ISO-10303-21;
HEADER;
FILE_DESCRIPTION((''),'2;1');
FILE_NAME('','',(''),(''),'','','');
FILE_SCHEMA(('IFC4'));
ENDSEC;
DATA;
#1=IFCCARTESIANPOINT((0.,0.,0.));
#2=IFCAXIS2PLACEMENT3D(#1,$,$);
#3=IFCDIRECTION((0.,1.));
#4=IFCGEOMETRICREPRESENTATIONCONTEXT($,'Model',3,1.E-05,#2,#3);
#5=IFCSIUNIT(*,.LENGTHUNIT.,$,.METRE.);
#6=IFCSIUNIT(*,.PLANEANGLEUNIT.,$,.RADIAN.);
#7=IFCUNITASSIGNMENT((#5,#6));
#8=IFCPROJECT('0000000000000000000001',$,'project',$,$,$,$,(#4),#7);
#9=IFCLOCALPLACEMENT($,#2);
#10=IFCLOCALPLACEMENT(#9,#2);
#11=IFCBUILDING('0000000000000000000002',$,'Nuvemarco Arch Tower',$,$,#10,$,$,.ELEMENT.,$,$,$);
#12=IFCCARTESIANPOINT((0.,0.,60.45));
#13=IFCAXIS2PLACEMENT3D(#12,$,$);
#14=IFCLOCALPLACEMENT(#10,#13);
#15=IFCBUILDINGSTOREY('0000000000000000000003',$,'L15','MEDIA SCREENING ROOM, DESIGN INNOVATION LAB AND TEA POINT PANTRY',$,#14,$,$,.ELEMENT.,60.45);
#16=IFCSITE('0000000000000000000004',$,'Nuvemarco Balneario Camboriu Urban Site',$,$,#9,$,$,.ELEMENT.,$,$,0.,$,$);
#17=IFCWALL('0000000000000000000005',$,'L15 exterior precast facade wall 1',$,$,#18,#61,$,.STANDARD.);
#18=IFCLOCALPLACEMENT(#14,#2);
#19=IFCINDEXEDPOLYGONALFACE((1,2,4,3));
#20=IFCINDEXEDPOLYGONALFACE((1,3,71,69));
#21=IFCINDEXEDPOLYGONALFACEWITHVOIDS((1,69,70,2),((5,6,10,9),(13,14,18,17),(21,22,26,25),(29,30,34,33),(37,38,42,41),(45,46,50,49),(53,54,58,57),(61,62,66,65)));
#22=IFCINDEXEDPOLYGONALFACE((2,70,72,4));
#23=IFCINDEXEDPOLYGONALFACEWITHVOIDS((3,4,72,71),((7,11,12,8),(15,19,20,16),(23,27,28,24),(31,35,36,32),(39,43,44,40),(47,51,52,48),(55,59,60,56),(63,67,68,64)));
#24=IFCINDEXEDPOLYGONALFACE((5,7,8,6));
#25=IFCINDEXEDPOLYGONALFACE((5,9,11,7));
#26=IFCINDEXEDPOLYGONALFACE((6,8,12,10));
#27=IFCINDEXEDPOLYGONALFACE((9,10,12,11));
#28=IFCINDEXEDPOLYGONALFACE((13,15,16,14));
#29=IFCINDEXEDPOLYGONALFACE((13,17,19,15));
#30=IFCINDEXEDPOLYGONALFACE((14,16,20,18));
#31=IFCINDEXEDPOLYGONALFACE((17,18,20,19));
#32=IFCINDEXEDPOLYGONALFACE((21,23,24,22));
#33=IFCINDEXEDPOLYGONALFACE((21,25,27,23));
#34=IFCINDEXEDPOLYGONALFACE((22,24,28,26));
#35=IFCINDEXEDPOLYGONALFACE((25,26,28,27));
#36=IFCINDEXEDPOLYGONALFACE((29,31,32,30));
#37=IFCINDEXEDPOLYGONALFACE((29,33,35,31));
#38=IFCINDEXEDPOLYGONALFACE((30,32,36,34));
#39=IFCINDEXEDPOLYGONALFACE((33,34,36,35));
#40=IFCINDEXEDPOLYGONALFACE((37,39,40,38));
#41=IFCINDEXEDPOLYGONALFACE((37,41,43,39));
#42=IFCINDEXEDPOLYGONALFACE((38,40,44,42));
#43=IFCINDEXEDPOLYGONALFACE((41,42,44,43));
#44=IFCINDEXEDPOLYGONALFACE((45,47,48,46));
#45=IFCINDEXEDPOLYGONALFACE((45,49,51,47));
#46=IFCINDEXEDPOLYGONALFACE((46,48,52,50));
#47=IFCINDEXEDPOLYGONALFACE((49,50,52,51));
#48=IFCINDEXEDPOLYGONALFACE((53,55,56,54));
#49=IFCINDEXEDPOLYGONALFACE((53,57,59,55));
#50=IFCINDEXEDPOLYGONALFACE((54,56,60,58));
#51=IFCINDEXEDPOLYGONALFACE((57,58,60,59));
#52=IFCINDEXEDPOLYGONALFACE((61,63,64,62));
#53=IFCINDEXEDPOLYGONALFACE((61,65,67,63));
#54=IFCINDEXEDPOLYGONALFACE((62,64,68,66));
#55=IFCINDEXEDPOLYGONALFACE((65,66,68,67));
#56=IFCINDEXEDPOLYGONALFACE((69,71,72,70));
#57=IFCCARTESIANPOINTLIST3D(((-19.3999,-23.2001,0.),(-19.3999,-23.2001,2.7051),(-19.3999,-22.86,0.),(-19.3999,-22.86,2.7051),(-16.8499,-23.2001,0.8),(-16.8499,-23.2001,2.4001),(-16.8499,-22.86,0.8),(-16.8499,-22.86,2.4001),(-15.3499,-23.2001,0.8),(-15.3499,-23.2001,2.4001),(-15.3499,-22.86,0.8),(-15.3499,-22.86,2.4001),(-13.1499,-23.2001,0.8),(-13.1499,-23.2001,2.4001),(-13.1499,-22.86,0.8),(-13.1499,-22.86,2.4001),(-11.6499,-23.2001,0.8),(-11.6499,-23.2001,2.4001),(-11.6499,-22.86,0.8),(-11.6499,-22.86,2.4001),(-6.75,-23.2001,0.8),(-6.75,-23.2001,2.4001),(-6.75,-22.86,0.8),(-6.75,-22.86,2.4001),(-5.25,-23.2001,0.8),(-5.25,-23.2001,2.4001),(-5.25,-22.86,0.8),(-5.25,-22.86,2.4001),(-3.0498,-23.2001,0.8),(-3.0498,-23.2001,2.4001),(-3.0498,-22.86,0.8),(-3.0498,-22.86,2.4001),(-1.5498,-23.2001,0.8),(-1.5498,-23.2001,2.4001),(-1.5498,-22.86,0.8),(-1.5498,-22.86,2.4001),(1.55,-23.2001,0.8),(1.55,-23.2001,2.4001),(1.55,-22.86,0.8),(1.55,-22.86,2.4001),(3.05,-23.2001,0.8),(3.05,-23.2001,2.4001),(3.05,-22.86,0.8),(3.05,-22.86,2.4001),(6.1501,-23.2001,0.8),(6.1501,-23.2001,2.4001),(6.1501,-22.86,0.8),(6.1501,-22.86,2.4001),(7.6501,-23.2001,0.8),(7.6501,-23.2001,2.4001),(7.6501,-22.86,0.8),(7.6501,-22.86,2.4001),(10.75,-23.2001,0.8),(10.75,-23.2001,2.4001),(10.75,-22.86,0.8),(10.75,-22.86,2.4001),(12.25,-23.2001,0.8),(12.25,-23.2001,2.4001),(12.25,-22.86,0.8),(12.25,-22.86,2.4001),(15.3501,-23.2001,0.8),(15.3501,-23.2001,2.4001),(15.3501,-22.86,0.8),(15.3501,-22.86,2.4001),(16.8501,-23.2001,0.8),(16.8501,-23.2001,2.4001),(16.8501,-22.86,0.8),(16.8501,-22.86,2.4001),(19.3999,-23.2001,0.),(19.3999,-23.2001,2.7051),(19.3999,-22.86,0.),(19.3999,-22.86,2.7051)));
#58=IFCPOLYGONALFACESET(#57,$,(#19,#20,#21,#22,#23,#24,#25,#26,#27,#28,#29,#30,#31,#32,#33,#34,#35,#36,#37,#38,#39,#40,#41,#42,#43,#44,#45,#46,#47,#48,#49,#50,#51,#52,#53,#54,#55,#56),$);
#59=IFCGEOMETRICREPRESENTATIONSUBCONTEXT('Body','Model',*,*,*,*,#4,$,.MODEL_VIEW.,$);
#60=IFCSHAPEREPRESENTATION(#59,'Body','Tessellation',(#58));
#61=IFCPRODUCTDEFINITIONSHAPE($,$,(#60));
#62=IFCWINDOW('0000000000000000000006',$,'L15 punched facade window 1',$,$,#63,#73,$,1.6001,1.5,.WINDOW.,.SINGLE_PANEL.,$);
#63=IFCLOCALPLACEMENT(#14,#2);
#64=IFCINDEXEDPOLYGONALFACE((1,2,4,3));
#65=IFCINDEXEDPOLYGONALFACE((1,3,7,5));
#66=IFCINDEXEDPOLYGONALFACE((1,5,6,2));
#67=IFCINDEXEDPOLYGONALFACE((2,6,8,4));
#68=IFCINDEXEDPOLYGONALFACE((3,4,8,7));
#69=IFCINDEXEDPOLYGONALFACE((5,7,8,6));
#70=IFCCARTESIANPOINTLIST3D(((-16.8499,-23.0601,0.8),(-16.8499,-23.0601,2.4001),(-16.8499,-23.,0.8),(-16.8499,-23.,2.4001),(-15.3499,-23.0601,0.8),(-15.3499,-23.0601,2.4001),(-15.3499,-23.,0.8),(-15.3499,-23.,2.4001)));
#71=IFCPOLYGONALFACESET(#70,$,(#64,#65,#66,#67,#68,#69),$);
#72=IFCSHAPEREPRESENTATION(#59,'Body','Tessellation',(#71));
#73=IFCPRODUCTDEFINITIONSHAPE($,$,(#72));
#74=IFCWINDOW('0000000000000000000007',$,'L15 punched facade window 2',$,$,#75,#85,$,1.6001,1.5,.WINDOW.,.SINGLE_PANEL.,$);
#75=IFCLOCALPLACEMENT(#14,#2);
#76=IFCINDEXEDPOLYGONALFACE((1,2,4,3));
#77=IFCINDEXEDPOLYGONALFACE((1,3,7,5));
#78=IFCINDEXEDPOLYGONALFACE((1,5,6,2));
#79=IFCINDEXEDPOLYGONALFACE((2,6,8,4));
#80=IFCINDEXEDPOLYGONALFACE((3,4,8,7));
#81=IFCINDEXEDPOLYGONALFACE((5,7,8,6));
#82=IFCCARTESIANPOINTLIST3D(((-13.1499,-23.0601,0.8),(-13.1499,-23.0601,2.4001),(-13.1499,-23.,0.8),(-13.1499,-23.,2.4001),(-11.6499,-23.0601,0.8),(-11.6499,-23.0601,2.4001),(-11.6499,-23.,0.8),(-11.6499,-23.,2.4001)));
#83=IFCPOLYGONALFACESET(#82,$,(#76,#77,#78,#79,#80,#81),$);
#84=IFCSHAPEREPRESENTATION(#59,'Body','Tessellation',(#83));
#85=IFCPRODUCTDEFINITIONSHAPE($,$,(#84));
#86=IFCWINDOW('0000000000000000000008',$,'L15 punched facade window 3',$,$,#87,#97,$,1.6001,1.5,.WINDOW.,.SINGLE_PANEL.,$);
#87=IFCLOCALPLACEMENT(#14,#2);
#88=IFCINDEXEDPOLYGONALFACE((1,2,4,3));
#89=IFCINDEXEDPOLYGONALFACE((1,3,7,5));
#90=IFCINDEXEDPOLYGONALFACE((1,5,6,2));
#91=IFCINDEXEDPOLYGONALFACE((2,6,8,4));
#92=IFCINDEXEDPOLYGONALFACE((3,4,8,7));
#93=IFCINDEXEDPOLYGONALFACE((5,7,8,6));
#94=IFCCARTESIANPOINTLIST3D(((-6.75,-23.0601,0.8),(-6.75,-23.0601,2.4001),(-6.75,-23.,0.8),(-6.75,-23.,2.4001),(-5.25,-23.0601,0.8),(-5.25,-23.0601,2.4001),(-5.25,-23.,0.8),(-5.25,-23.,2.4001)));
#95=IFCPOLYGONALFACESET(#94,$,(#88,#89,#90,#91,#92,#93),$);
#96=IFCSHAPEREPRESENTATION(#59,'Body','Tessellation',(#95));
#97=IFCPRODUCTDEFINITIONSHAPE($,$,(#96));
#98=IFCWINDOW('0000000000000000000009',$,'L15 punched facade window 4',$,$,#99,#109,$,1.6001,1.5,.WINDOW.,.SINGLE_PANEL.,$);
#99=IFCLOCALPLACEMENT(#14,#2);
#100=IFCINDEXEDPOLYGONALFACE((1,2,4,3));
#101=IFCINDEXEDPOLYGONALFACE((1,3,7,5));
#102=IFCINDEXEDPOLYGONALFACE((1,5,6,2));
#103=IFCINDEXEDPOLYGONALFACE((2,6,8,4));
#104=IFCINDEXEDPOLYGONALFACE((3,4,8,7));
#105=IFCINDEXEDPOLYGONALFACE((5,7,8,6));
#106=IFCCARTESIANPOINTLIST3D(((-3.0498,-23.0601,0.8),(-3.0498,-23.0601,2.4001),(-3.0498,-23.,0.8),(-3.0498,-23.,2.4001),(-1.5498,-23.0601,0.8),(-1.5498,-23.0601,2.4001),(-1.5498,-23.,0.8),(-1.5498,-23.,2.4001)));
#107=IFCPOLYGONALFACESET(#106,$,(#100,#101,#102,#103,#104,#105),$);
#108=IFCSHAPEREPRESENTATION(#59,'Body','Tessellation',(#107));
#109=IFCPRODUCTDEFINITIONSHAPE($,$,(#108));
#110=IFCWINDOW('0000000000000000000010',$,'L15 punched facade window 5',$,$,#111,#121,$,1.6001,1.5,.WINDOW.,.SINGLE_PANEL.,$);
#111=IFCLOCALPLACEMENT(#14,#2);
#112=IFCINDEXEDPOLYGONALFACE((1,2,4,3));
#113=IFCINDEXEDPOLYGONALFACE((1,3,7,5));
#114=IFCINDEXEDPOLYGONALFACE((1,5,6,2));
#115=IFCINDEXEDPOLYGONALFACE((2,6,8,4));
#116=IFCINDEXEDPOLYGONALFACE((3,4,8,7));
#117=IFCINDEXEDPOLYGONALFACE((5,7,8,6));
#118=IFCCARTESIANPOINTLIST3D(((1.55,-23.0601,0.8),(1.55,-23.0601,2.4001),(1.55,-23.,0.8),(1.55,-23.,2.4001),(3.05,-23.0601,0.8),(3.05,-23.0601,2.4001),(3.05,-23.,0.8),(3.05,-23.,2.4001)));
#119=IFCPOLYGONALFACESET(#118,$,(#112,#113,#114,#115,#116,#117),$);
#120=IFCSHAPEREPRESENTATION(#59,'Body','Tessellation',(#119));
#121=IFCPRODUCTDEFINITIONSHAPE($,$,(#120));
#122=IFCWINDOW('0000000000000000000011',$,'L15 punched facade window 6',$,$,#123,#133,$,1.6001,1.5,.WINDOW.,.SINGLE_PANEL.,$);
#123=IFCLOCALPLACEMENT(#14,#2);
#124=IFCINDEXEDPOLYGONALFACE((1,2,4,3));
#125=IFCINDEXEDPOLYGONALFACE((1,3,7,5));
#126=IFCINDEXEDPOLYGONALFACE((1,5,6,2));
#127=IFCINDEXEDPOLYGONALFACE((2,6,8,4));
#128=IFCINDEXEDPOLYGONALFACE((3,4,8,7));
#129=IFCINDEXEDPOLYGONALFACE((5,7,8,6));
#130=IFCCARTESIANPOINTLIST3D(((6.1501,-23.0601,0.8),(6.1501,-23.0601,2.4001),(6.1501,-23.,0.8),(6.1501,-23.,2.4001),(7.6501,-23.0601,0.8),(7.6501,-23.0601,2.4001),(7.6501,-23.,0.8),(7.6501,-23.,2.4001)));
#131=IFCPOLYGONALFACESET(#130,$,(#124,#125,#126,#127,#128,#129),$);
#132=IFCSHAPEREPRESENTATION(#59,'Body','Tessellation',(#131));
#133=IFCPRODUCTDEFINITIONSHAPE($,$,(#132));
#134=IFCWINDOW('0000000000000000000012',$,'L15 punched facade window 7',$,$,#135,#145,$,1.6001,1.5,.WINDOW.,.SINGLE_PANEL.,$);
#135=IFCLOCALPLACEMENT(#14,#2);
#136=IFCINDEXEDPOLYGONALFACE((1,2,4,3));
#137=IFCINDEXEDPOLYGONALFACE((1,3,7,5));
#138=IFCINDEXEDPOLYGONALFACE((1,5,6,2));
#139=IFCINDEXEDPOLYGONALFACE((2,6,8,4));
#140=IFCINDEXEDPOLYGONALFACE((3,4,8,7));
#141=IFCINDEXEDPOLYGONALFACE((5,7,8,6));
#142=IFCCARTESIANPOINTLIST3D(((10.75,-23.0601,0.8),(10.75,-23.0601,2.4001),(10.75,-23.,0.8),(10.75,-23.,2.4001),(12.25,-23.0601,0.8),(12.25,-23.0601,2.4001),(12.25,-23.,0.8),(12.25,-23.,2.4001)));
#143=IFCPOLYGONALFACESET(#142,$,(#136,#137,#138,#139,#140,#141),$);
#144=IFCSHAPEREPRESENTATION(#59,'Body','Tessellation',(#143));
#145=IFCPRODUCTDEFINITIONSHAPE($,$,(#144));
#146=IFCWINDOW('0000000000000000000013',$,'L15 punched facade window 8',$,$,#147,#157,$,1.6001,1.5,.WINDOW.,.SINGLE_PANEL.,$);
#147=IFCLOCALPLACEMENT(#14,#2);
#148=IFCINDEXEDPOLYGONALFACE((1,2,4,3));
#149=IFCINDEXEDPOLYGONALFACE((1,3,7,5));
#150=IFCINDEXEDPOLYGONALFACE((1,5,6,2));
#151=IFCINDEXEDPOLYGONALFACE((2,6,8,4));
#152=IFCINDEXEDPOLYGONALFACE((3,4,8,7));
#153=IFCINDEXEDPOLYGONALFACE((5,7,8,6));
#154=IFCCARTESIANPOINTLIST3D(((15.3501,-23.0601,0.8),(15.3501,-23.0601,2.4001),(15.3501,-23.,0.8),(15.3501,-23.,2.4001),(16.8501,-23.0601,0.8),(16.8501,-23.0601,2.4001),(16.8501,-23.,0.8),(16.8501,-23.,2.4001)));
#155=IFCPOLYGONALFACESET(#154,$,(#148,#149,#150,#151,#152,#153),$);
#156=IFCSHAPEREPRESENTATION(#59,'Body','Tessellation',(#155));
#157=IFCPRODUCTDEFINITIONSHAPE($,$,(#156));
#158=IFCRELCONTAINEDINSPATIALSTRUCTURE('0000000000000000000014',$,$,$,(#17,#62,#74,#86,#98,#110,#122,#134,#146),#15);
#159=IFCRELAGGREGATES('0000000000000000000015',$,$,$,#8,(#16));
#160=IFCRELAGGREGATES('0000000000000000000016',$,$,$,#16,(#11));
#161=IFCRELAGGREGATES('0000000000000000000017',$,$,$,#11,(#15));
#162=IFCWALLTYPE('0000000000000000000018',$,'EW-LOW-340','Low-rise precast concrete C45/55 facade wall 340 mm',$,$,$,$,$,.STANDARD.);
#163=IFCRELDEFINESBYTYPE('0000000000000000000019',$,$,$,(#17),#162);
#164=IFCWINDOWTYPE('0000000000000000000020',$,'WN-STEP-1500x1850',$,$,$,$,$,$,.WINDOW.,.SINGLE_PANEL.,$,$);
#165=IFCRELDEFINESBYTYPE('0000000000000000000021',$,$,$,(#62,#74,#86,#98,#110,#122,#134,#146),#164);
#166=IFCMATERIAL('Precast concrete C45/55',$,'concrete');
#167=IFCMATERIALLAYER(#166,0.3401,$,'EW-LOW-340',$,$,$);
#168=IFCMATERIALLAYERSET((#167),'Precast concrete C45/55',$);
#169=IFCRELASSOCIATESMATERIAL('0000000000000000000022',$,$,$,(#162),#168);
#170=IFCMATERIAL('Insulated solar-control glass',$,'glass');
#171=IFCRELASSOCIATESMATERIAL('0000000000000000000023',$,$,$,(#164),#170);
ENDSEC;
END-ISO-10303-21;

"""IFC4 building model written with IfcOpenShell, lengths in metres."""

from ifc_helpers import new_model, si_unit, direction, frame, frame_2d, origin, place, context, subcontext, project, spatial, rectangle, extrude, source, transform, mapped, material, layer, layer_set, type_object, type_shapes, element, fill, save


model = new_model("IFC4")

# Units and contexts
model_context = context("Model", 3, precision=1e-05, world=origin(), true_north=direction((0.0, 1.0)))
body_context = subcontext(model_context, "Body", "Model", "MODEL_VIEW")
ifc_project = project(units=[si_unit("LENGTHUNIT", "METRE"), si_unit("PLANEANGLEUNIT", "RADIAN")], contexts=[model_context])

# Site, building, storey
site_placement = place(None, origin())
site = spatial("IfcSite", under=ifc_project, at=site_placement, Name="Nuvemarco Balneario Camboriu Urban Site", CompositionType="ELEMENT", RefElevation=0.0)
building_placement = place(site_placement, origin())
building = spatial("IfcBuilding", under=site, at=building_placement, Name="Nuvemarco Arch Tower", CompositionType="ELEMENT")
storey_placement = place(building_placement, frame((0.0, 0.0, 60.45)))
storey = spatial("IfcBuildingStorey", under=building, at=storey_placement, Name="L15", Description="MEDIA SCREENING ROOM, DESIGN INNOVATION LAB AND TEA POINT PANTRY", CompositionType="ELEMENT", Elevation=60.45)

# Shared definitions
ifc_material_1 = material(Name="Precast concrete C45/55", Category="concrete")

# Wall, openings, windows
ifc_layer = layer(ifc_material_1, 0.3401, Name="EW-LOW-340")
ifc_layer_set = layer_set([ifc_layer], Name="Precast concrete C45/55")
wall_type = type_object("IfcWallType", Name="EW-LOW-340", Description="Low-rise precast concrete C45/55 facade wall 340 mm", PredefinedType="STANDARD", material=ifc_layer_set)
wall_1_placement = place(storey_placement, frame((-19.3999, -23.03, 0.0), z_axis=(0.0, 0.0, 1.0), x_axis=(1.0, 0.0, 0.0)))
wall_1 = element("IfcWall", 1, at=wall_1_placement, inside=storey, type_object=wall_type, Name="L15 exterior precast facade wall 1", PredefinedType="STANDARD", context=body_context, shape_type="SweptSolid", body=[
    extrude(rectangle(XDim=38.7998, YDim=0.3401, at=frame_2d((19.3999, 0.0))), origin(), (0.0, 0.0, 1.0), 2.7051),
])
opening_1_placement = place(wall_1_placement, frame((2.55, 0.0, 0.8)))
opening_1 = element("IfcOpeningElement", 2, at=opening_1_placement, cuts=wall_1, PredefinedType="OPENING", context=body_context, shape_type="SweptSolid", body=[
    extrude(rectangle(XDim=1.5, YDim=1.6001, at=frame_2d((0.75, 0.8))), frame((0.0, 0.1799, 0.0), z_axis=(0.0, -1.0, 0.0), x_axis=(1.0, 0.0, 0.0)), (0.0, 0.0, 1.0), 0.3601),
])
opening_2_placement = place(wall_1_placement, frame((6.25, 0.0, 0.8)))
opening_2 = element("IfcOpeningElement", 3, at=opening_2_placement, cuts=wall_1, PredefinedType="OPENING", context=body_context, shape_type="SweptSolid", body=[
    extrude(rectangle(XDim=1.5, YDim=1.6001, at=frame_2d((0.75, 0.8))), frame((0.0, 0.1799, 0.0), z_axis=(0.0, -1.0, 0.0), x_axis=(1.0, 0.0, 0.0)), (0.0, 0.0, 1.0), 0.3601),
])
opening_3_placement = place(wall_1_placement, frame((12.6499, 0.0, 0.8)))
opening_3 = element("IfcOpeningElement", 4, at=opening_3_placement, cuts=wall_1, PredefinedType="OPENING", context=body_context, shape_type="SweptSolid", body=[
    extrude(rectangle(XDim=1.5, YDim=1.6001, at=frame_2d((0.75, 0.8))), frame((0.0, 0.1799, 0.0), z_axis=(0.0, -1.0, 0.0), x_axis=(1.0, 0.0, 0.0)), (0.0, 0.0, 1.0), 0.3601),
])
opening_4_placement = place(wall_1_placement, frame((16.3501, 0.0, 0.8)))
opening_4 = element("IfcOpeningElement", 5, at=opening_4_placement, cuts=wall_1, PredefinedType="OPENING", context=body_context, shape_type="SweptSolid", body=[
    extrude(rectangle(XDim=1.5, YDim=1.6001, at=frame_2d((0.75, 0.8))), frame((0.0, 0.1799, 0.0), z_axis=(0.0, -1.0, 0.0), x_axis=(1.0, 0.0, 0.0)), (0.0, 0.0, 1.0), 0.3601),
])
opening_5_placement = place(wall_1_placement, frame((20.95, 0.0, 0.8)))
opening_5 = element("IfcOpeningElement", 6, at=opening_5_placement, cuts=wall_1, PredefinedType="OPENING", context=body_context, shape_type="SweptSolid", body=[
    extrude(rectangle(XDim=1.5, YDim=1.6001, at=frame_2d((0.75, 0.8))), frame((0.0, 0.1799, 0.0), z_axis=(0.0, -1.0, 0.0), x_axis=(1.0, 0.0, 0.0)), (0.0, 0.0, 1.0), 0.3601),
])
opening_6_placement = place(wall_1_placement, frame((25.55, 0.0, 0.8)))
opening_6 = element("IfcOpeningElement", 7, at=opening_6_placement, cuts=wall_1, PredefinedType="OPENING", context=body_context, shape_type="SweptSolid", body=[
    extrude(rectangle(XDim=1.5, YDim=1.6001, at=frame_2d((0.75, 0.8))), frame((0.0, 0.1799, 0.0), z_axis=(0.0, -1.0, 0.0), x_axis=(1.0, 0.0, 0.0)), (0.0, 0.0, 1.0), 0.3601),
])
opening_7_placement = place(wall_1_placement, frame((30.1499, 0.0, 0.8)))
opening_7 = element("IfcOpeningElement", 8, at=opening_7_placement, cuts=wall_1, PredefinedType="OPENING", context=body_context, shape_type="SweptSolid", body=[
    extrude(rectangle(XDim=1.5, YDim=1.6001, at=frame_2d((0.75, 0.8))), frame((0.0, 0.1799, 0.0), z_axis=(0.0, -1.0, 0.0), x_axis=(1.0, 0.0, 0.0)), (0.0, 0.0, 1.0), 0.3601),
])
opening_8_placement = place(wall_1_placement, frame((34.75, 0.0, 0.8)))
opening_8 = element("IfcOpeningElement", 9, at=opening_8_placement, cuts=wall_1, PredefinedType="OPENING", context=body_context, shape_type="SweptSolid", body=[
    extrude(rectangle(XDim=1.5, YDim=1.6001, at=frame_2d((0.75, 0.8))), frame((0.0, 0.1799, 0.0), z_axis=(0.0, -1.0, 0.0), x_axis=(1.0, 0.0, 0.0)), (0.0, 0.0, 1.0), 0.3601),
])
ifc_material_2 = material(Name="Insulated solar-control glass", Category="glass")
window_type_1 = type_object("IfcWindowType", Name="WN-STEP-1500x1850", PartitioningType="SINGLE_PANEL", PredefinedType="WINDOW", material=ifc_material_2)
shared_shape_1 = source(origin(), body_context, "Body", "SweptSolid", [
    extrude(rectangle(XDim=1.5, YDim=1.6001, at=frame_2d((0.75, 0.8))), frame((0.0, 0.03, 0.0), z_axis=(0.0, -1.0, 0.0), x_axis=(1.0, 0.0, 0.0)), (0.0, 0.0, 1.0), 0.0601),
])
type_shapes(window_type_1, [shared_shape_1])
window_1_placement = place(opening_1_placement, origin())
window_1 = element("IfcWindow", 10, at=window_1_placement, inside=storey, type_object=window_type_1, Name="L15 punched facade window 1", OverallHeight=1.6001, OverallWidth=1.5, PartitioningType="SINGLE_PANEL", PredefinedType="WINDOW", context=body_context, shape_type="MappedRepresentation", body=[
    mapped(shared_shape_1, transform((0.0, 0.0, 0.0), scale=1.0)),
])
fill(opening_1, window_1)
window_2_placement = place(opening_2_placement, origin())
window_2 = element("IfcWindow", 11, at=window_2_placement, inside=storey, type_object=window_type_1, Name="L15 punched facade window 2", OverallHeight=1.6001, OverallWidth=1.5, PartitioningType="SINGLE_PANEL", PredefinedType="WINDOW", context=body_context, shape_type="MappedRepresentation", body=[
    mapped(shared_shape_1, transform((0.0, 0.0, 0.0), scale=1.0)),
])
fill(opening_2, window_2)
window_3_placement = place(opening_3_placement, origin())
window_3 = element("IfcWindow", 12, at=window_3_placement, inside=storey, type_object=window_type_1, Name="L15 punched facade window 3", OverallHeight=1.6001, OverallWidth=1.5, PartitioningType="SINGLE_PANEL", PredefinedType="WINDOW", context=body_context, shape_type="MappedRepresentation", body=[
    mapped(shared_shape_1, transform((0.0, 0.0, 0.0), scale=1.0)),
])
fill(opening_3, window_3)
window_4_placement = place(opening_4_placement, origin())
window_4 = element("IfcWindow", 13, at=window_4_placement, inside=storey, type_object=window_type_1, Name="L15 punched facade window 4", OverallHeight=1.6001, OverallWidth=1.5, PartitioningType="SINGLE_PANEL", PredefinedType="WINDOW", context=body_context, shape_type="MappedRepresentation", body=[
    mapped(shared_shape_1, transform((0.0, 0.0, 0.0), scale=1.0)),
])
fill(opening_4, window_4)
window_5_placement = place(opening_5_placement, origin())
window_5 = element("IfcWindow", 14, at=window_5_placement, inside=storey, type_object=window_type_1, Name="L15 punched facade window 5", OverallHeight=1.6001, OverallWidth=1.5, PartitioningType="SINGLE_PANEL", PredefinedType="WINDOW", context=body_context, shape_type="MappedRepresentation", body=[
    mapped(shared_shape_1, transform((0.0, 0.0, 0.0), scale=1.0)),
])
fill(opening_5, window_5)
window_6_placement = place(opening_6_placement, origin())
window_6 = element("IfcWindow", 15, at=window_6_placement, inside=storey, type_object=window_type_1, Name="L15 punched facade window 6", OverallHeight=1.6001, OverallWidth=1.5, PartitioningType="SINGLE_PANEL", PredefinedType="WINDOW", context=body_context, shape_type="MappedRepresentation", body=[
    mapped(shared_shape_1, transform((0.0, 0.0, 0.0), scale=1.0)),
])
fill(opening_6, window_6)
window_7_placement = place(opening_7_placement, origin())
window_7 = element("IfcWindow", 16, at=window_7_placement, inside=storey, type_object=window_type_1, Name="L15 punched facade window 7", OverallHeight=1.6001, OverallWidth=1.5, PartitioningType="SINGLE_PANEL", PredefinedType="WINDOW", context=body_context, shape_type="MappedRepresentation", body=[
    mapped(shared_shape_1, transform((0.0, 0.0, 0.0), scale=1.0)),
])
fill(opening_7, window_7)
window_8_placement = place(opening_8_placement, origin())
window_8 = element("IfcWindow", 17, at=window_8_placement, inside=storey, type_object=window_type_1, Name="L15 punched facade window 8", OverallHeight=1.6001, OverallWidth=1.5, PartitioningType="SINGLE_PANEL", PredefinedType="WINDOW", context=body_context, shape_type="MappedRepresentation", body=[
    mapped(shared_shape_1, transform((0.0, 0.0, 0.0), scale=1.0)),
])
fill(opening_8, window_8)

save(model, "model.ifc")
